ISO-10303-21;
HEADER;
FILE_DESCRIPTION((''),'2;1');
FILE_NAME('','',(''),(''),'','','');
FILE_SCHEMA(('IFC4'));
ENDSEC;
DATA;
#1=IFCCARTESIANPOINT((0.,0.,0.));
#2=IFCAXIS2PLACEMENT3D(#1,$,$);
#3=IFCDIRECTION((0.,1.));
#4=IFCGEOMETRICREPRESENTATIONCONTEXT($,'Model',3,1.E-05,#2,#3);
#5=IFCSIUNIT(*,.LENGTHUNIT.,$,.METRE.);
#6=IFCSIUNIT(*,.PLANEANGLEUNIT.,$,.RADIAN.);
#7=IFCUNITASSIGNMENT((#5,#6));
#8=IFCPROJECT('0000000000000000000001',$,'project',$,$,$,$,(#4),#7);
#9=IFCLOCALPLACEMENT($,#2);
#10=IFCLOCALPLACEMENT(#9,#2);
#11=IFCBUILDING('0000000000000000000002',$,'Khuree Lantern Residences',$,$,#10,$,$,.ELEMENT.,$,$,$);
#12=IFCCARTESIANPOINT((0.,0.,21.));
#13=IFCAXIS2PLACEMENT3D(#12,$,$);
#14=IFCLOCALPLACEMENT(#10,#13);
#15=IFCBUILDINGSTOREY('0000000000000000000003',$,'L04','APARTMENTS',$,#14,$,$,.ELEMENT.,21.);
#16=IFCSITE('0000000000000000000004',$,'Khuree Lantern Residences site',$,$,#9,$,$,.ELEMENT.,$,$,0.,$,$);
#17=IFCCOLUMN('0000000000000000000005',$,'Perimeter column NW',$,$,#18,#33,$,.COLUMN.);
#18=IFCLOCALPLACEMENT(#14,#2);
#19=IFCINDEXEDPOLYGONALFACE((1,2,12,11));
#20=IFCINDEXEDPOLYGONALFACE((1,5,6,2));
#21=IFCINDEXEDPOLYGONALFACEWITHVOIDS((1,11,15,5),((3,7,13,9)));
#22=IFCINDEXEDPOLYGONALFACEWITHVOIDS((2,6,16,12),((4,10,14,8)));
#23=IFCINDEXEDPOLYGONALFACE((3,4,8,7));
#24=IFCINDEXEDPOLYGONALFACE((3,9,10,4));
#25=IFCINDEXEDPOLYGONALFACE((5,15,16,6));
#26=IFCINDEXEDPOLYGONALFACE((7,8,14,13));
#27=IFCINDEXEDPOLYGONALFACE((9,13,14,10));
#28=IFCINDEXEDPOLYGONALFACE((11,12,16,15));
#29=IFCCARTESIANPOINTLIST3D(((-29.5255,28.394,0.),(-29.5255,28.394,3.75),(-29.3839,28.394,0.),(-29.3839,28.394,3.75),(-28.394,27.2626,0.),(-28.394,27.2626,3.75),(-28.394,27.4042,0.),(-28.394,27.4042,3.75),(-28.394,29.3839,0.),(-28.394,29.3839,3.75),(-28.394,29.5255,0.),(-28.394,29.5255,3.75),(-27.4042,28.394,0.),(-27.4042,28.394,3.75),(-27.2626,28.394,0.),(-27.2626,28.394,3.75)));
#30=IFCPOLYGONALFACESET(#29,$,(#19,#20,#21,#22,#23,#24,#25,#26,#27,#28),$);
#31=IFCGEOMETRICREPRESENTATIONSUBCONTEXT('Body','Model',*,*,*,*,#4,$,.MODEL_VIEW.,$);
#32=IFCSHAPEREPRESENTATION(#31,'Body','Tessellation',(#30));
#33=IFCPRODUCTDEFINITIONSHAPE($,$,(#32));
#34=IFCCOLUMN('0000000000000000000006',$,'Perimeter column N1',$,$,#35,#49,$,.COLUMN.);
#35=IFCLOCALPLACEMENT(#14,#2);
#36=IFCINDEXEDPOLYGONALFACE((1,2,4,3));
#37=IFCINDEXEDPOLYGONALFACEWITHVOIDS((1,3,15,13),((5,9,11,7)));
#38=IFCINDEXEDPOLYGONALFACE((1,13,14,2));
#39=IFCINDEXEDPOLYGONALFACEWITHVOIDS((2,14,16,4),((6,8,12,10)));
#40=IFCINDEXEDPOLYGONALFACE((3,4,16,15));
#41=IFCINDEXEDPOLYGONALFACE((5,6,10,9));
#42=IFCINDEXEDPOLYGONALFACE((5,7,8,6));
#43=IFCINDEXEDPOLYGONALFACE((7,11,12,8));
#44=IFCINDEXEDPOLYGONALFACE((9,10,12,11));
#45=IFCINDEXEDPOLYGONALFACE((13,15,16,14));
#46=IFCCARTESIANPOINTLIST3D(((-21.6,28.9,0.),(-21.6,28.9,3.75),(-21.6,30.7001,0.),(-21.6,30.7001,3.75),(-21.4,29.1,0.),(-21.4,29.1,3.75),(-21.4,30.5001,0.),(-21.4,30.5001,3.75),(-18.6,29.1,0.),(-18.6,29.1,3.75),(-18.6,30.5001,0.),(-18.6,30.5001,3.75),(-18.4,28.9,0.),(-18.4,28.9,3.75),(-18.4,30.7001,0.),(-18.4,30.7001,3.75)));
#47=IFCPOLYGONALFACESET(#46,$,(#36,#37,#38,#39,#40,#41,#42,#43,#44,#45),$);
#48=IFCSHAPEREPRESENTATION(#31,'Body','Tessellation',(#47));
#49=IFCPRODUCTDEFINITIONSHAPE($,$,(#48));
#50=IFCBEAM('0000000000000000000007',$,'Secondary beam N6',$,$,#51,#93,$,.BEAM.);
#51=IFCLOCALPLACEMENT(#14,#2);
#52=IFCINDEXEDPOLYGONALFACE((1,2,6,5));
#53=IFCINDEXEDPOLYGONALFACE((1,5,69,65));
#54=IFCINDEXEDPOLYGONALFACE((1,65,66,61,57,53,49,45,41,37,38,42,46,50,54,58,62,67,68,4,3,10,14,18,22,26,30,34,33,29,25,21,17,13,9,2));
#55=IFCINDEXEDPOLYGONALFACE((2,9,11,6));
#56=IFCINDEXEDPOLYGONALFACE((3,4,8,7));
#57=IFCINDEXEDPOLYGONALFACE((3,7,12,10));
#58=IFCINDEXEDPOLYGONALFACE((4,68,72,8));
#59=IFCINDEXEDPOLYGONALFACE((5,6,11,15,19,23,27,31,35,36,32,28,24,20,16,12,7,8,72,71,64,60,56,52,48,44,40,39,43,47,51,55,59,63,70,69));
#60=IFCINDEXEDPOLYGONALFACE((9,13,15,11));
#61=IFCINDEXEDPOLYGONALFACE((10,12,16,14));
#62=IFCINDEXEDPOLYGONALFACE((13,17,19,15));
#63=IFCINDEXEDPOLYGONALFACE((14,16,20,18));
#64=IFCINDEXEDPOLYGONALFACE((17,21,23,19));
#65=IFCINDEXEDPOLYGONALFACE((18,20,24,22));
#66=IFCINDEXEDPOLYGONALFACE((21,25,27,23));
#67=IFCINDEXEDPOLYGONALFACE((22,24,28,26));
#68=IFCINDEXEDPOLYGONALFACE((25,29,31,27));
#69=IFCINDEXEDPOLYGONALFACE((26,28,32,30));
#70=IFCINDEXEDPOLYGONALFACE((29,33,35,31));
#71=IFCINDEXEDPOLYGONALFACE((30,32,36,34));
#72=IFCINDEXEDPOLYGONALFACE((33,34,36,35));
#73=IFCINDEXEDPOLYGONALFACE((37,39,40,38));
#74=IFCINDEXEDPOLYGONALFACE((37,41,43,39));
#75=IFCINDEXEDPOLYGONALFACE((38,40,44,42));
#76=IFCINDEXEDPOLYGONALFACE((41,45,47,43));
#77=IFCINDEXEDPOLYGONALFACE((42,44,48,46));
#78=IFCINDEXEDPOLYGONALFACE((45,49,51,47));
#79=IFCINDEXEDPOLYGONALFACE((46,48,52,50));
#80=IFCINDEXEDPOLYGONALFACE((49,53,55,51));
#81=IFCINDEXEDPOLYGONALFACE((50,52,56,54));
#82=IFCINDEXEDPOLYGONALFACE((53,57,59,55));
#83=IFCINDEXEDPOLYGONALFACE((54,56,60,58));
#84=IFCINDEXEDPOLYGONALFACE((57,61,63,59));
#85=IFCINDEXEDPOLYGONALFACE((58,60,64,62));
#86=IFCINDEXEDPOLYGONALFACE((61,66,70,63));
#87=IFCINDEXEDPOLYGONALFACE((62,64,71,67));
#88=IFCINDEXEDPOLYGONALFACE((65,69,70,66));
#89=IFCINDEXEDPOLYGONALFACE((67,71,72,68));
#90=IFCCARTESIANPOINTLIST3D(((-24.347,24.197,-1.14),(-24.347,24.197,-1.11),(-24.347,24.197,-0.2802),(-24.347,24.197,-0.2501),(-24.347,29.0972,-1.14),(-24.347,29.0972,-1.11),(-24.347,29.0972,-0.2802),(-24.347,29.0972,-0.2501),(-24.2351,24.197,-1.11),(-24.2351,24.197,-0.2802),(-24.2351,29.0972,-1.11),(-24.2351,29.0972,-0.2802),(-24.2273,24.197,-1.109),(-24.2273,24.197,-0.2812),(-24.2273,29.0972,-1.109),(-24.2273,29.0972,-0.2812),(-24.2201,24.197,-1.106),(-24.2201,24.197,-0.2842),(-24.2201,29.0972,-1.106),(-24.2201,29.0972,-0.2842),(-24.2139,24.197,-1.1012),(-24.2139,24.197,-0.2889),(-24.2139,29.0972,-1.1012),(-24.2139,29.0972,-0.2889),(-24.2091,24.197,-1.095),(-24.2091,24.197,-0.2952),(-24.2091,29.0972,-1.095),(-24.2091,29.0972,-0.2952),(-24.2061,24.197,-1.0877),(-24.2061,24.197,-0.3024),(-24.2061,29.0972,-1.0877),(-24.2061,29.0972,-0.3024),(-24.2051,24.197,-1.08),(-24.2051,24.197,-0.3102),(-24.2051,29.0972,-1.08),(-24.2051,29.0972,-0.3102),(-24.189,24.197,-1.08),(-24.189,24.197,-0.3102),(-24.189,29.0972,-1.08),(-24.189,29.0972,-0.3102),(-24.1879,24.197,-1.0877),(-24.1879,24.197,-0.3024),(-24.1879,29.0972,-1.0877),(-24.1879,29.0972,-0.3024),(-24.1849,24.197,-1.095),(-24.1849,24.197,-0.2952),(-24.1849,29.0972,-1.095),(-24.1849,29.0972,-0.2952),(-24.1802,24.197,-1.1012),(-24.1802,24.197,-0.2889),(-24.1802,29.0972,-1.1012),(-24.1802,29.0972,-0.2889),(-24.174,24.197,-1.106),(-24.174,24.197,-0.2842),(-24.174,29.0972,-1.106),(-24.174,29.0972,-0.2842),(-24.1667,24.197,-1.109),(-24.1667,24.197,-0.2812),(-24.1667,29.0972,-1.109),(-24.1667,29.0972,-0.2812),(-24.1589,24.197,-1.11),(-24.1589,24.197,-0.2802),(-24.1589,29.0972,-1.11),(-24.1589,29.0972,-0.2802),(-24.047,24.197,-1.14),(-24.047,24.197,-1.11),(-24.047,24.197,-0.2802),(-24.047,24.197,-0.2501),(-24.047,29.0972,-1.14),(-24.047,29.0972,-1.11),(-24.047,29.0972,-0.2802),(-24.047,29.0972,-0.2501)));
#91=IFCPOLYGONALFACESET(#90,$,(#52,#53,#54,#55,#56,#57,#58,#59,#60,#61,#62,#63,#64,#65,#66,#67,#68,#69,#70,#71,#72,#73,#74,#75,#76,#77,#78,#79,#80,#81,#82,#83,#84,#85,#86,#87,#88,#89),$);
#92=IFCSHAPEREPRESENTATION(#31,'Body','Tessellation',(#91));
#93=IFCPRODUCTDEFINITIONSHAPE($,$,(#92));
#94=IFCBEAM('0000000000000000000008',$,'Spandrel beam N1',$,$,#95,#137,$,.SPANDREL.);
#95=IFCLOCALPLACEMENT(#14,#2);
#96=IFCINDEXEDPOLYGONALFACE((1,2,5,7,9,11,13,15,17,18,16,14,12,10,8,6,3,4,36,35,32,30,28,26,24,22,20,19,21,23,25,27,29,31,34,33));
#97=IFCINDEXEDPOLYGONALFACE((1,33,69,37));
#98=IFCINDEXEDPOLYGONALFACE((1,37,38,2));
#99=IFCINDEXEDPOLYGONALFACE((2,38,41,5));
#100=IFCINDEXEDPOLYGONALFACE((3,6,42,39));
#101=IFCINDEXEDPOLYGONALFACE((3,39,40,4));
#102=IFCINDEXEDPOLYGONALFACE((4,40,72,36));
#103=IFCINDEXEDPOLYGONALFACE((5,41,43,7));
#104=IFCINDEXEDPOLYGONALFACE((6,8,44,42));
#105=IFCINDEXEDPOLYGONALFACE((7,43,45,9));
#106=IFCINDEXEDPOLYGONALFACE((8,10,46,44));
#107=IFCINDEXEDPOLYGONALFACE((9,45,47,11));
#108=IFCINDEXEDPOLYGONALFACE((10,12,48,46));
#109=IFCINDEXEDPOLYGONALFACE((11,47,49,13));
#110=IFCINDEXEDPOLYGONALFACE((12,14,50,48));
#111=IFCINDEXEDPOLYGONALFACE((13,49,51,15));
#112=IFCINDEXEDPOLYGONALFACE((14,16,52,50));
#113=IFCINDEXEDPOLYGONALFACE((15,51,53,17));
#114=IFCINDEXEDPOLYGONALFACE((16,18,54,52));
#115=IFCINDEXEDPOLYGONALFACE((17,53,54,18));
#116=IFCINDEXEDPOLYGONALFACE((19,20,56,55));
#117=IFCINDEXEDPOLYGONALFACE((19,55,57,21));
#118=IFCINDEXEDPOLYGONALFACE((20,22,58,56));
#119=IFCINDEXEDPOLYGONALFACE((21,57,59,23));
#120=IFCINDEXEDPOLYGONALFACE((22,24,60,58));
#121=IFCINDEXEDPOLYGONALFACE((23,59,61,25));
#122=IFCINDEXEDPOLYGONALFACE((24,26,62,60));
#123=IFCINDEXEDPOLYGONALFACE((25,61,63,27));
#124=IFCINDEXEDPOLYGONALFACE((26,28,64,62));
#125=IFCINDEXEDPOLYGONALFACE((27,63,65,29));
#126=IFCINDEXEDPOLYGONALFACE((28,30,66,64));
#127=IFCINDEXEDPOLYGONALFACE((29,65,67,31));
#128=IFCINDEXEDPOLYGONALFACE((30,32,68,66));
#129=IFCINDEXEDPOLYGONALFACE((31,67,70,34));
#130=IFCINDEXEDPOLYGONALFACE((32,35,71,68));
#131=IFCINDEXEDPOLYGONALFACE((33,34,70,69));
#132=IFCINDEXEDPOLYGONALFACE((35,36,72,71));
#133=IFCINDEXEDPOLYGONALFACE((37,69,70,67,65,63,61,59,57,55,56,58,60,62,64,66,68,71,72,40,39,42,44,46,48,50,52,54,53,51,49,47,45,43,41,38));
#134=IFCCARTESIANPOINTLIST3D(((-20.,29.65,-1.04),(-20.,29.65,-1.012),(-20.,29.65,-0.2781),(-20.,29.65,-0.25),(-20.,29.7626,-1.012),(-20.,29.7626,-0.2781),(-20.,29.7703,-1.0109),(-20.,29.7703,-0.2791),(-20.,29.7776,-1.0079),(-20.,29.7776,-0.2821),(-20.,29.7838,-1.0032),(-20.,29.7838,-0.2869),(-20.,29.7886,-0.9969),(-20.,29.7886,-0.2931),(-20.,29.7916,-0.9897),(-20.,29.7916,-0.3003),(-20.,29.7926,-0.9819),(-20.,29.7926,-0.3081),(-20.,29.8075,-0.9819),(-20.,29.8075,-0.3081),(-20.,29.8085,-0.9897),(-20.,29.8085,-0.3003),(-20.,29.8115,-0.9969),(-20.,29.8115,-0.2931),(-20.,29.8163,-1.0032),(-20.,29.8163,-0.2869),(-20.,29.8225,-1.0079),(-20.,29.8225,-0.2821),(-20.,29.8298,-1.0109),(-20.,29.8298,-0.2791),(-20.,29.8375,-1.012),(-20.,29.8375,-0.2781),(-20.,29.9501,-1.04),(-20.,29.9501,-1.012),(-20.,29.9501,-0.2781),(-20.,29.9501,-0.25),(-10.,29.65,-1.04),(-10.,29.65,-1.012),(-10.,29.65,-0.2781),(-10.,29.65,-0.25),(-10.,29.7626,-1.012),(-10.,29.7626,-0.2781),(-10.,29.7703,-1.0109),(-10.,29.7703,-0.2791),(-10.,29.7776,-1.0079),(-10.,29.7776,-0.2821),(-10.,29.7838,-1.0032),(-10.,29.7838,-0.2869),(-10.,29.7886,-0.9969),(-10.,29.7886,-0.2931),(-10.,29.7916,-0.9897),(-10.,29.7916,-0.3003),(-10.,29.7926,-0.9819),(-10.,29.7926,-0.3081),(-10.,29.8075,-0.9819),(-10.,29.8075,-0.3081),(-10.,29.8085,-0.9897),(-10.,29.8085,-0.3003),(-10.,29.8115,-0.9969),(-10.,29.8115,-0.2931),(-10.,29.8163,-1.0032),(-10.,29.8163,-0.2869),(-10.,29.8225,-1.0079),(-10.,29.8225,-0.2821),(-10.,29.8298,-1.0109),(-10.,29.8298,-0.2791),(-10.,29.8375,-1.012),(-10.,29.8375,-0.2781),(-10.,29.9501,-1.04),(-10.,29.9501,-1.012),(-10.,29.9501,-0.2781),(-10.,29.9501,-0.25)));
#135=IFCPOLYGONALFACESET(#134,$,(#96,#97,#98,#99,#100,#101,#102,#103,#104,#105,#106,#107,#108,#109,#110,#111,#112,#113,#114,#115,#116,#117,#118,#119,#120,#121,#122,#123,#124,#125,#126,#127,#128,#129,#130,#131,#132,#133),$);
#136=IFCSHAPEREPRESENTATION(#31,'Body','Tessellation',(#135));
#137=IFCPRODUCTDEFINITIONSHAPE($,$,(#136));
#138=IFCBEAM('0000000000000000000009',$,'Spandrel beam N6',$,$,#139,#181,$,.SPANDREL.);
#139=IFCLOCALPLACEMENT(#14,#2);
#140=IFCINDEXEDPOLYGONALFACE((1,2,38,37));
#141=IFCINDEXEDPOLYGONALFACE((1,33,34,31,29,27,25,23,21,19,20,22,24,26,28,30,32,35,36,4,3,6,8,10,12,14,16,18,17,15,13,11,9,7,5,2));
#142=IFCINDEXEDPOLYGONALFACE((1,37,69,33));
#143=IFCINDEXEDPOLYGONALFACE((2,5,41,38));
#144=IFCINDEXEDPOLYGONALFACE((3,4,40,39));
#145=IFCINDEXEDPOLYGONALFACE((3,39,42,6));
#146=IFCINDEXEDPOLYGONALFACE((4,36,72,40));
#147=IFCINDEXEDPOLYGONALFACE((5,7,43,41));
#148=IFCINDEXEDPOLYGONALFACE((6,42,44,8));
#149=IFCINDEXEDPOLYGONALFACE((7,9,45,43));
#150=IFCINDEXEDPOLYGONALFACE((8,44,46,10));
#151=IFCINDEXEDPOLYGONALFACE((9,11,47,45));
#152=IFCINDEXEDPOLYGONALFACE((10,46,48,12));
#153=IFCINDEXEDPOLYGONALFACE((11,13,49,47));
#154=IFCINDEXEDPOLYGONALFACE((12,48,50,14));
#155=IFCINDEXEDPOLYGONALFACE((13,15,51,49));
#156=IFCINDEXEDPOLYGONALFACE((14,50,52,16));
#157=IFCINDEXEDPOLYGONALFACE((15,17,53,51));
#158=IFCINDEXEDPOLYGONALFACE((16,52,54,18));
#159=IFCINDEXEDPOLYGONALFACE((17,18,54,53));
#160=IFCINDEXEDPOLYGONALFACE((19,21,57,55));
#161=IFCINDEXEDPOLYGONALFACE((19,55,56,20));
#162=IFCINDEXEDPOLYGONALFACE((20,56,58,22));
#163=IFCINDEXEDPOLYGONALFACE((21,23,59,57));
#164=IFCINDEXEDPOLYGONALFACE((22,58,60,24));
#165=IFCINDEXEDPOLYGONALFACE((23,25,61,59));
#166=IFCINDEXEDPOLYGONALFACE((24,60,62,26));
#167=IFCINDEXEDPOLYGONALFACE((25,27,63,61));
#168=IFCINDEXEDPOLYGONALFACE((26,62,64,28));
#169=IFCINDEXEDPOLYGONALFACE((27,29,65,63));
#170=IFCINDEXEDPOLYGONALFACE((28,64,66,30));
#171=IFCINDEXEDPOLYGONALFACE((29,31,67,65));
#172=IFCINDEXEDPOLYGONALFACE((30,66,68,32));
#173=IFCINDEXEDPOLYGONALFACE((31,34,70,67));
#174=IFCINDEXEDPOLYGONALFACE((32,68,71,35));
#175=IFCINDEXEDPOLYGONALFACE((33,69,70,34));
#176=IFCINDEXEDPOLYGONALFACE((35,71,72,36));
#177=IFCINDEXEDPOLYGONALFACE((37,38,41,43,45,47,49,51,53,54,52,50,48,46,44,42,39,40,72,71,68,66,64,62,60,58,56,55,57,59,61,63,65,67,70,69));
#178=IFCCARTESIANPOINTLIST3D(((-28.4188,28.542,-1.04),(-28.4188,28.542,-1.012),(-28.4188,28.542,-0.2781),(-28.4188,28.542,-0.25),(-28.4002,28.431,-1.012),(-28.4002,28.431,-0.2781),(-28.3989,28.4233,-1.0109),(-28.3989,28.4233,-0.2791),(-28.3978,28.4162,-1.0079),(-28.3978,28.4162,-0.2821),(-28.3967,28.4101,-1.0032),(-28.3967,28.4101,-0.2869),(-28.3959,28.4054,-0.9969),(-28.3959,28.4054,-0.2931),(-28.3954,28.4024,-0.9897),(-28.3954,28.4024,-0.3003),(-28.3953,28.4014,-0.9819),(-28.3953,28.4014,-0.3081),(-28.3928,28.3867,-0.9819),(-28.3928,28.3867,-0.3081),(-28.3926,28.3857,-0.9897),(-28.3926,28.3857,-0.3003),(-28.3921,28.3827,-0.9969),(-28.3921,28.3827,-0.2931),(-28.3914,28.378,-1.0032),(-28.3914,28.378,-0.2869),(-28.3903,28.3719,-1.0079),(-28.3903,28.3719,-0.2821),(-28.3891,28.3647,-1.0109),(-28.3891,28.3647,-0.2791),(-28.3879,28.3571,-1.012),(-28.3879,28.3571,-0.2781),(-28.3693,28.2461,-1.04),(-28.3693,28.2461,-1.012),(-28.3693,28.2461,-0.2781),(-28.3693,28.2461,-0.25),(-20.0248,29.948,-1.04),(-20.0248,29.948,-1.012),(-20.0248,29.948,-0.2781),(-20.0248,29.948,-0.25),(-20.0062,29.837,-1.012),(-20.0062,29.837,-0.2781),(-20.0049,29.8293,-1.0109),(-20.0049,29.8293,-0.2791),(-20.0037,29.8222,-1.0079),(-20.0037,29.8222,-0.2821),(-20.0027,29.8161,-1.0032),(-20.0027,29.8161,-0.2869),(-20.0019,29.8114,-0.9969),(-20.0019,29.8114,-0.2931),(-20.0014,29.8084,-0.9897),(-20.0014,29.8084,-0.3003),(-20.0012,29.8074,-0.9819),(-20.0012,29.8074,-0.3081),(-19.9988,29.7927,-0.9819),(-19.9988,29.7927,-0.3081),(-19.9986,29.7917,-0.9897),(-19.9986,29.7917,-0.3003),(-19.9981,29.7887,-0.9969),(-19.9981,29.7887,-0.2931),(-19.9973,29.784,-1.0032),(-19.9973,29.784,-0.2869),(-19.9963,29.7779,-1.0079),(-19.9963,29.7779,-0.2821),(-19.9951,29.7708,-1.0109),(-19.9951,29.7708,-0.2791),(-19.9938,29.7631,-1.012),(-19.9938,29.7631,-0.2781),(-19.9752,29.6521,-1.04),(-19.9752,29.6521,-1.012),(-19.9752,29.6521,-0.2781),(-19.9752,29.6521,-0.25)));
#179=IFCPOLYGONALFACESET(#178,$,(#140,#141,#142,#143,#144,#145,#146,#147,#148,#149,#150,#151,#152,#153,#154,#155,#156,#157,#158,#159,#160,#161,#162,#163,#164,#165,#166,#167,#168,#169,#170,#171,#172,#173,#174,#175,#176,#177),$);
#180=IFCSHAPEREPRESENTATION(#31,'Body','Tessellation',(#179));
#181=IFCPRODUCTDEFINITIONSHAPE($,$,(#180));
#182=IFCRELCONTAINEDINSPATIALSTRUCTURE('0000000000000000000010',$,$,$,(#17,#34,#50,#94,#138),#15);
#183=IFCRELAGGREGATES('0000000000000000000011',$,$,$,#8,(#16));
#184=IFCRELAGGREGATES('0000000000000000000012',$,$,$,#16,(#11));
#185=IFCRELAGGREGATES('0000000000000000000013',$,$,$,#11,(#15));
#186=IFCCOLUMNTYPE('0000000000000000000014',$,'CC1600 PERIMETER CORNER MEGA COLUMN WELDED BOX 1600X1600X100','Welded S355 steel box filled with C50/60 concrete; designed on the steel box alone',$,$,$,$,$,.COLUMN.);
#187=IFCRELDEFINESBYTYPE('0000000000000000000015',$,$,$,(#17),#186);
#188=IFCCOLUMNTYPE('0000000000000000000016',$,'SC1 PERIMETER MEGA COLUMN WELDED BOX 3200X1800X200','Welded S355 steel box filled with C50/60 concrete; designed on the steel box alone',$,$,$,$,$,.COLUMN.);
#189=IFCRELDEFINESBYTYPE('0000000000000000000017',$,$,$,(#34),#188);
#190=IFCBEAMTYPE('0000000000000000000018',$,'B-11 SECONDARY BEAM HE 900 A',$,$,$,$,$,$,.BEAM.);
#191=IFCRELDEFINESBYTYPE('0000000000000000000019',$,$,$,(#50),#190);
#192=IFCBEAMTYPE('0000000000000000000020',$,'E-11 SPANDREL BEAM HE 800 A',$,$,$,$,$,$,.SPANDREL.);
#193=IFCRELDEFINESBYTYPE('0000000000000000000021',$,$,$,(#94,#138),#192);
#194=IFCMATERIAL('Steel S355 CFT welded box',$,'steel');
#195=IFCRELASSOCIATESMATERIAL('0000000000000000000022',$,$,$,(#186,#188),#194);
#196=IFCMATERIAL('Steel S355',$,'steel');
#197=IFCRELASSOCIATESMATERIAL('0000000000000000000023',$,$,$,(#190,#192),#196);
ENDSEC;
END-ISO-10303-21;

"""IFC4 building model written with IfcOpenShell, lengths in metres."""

from ifc_helpers import new_model, si_unit, direction, frame, origin, origin_2d, place, context, subcontext, project, spatial, hollow_rectangle, i_section, extrude, material, material_profile, profile_set, type_object, element, save


model = new_model("IFC4")

# Units and contexts
model_context = context("Model", 3, precision=1e-05, world=origin(), true_north=direction((0.0, 1.0)))
body_context = subcontext(model_context, "Body", "Model", "MODEL_VIEW")
ifc_project = project(units=[si_unit("LENGTHUNIT", "METRE"), si_unit("PLANEANGLEUNIT", "RADIAN")], contexts=[model_context])

# Site, building, storey
site_placement = place(None, origin())
site = spatial("IfcSite", under=ifc_project, at=site_placement, Name="Khuree Lantern Residences site", CompositionType="ELEMENT", RefElevation=0.0)
building_placement = place(site_placement, origin())
building = spatial("IfcBuilding", under=site, at=building_placement, Name="Khuree Lantern Residences", CompositionType="ELEMENT")
storey_placement = place(building_placement, frame((0.0, 0.0, 21.0)))
storey = spatial("IfcBuildingStorey", under=building, at=storey_placement, Name="L04", Description="APARTMENTS", CompositionType="ELEMENT", Elevation=21.0)

# Columns
ifc_material_1 = material(Name="Steel S355 CFT welded box", Category="steel")
ifc_material_profile_1 = material_profile(ifc_material_1, hollow_rectangle(XDim=1.6001, YDim=1.6001, WallThickness=0.1001, at=origin_2d()), Name="WELDED BOX 1600X1600X100")
ifc_profile_set_1 = profile_set([ifc_material_profile_1], Name="Steel S355 CFT welded box")
column_type_1 = type_object("IfcColumnType", Name="CC1600 PERIMETER CORNER MEGA COLUMN WELDED BOX 1600X1600X100", Description="Welded S355 steel box filled with C50/60 concrete; designed on the steel box alone", PredefinedType="COLUMN", material=ifc_profile_set_1)
column_1_placement = place(storey_placement, frame((-28.394, 28.394, 0.0), z_axis=(0.0, 0.0, 1.0), x_axis=(0.707107, 0.707107, 0.0)))
element("IfcColumn", 1, at=column_1_placement, inside=storey, type_object=column_type_1, Name="Perimeter column NW", PredefinedType="COLUMN", context=body_context, shape_type="SweptSolid", body=[
    extrude(hollow_rectangle(XDim=1.6001, YDim=1.6001, WallThickness=0.1001, at=origin_2d()), origin(), (0.0, 0.0, 1.0), 3.75),
])
ifc_material_profile_2 = material_profile(ifc_material_1, hollow_rectangle(XDim=3.2, YDim=1.8, WallThickness=0.2, at=origin_2d()), Name="WELDED BOX 3200X1800X200")
ifc_profile_set_2 = profile_set([ifc_material_profile_2], Name="Steel S355 CFT welded box")
column_type_2 = type_object("IfcColumnType", Name="SC1 PERIMETER MEGA COLUMN WELDED BOX 3200X1800X200", Description="Welded S355 steel box filled with C50/60 concrete; designed on the steel box alone", PredefinedType="COLUMN", material=ifc_profile_set_2)
column_2_placement = place(storey_placement, frame((-20.0, 29.8, 0.0), z_axis=(0.0, 0.0, 1.0), x_axis=(1.0, 0.0, 0.0)))
element("IfcColumn", 2, at=column_2_placement, inside=storey, type_object=column_type_2, Name="Perimeter column N1", PredefinedType="COLUMN", context=body_context, shape_type="SweptSolid", body=[
    extrude(hollow_rectangle(XDim=3.2, YDim=1.8, WallThickness=0.2, at=origin_2d()), origin(), (0.0, 0.0, 1.0), 3.75),
])

# Beams
ifc_material_2 = material(Name="Steel S355", Category="steel")
ifc_material_profile_3 = material_profile(ifc_material_2, i_section(OverallWidth=0.3, OverallDepth=0.8899, WebThickness=0.0161, FlangeThickness=0.03, FilletRadius=0.03, at=origin_2d()), Name="HE 900 A")
ifc_profile_set_3 = profile_set([ifc_material_profile_3], Name="Steel S355")
beam_type_1 = type_object("IfcBeamType", Name="B-11 SECONDARY BEAM HE 900 A", PredefinedType="BEAM", material=ifc_profile_set_3)
beam_1_placement = place(storey_placement, frame((-24.197, 29.0972, -0.6951), z_axis=(0.0, -1.0, 0.0), x_axis=(1.0, 0.0, 0.0)))
element("IfcBeam", 3, at=beam_1_placement, inside=storey, type_object=beam_type_1, Name="Secondary beam N6", PredefinedType="BEAM", context=body_context, shape_type="SweptSolid", body=[
    extrude(i_section(OverallWidth=0.3, OverallDepth=0.8899, WebThickness=0.0161, FlangeThickness=0.03, FilletRadius=0.03, at=origin_2d()), origin(), (0.0, 0.0, 1.0), 4.9001),
])
ifc_material_profile_4 = material_profile(ifc_material_2, i_section(OverallWidth=0.3, OverallDepth=0.79, WebThickness=0.0149, FlangeThickness=0.0281, FilletRadius=0.03, at=origin_2d()), Name="HE 800 A")
ifc_profile_set_4 = profile_set([ifc_material_profile_4], Name="Steel S355")
beam_type_2 = type_object("IfcBeamType", Name="E-11 SPANDREL BEAM HE 800 A", PredefinedType="SPANDREL", material=ifc_profile_set_4)
beam_2_placement = place(storey_placement, frame((-20.0, 29.8, -0.645), z_axis=(1.0, 0.0, 0.0), x_axis=(0.0, 1.0, 0.0)))
element("IfcBeam", 4, at=beam_2_placement, inside=storey, type_object=beam_type_2, Name="Spandrel beam N1", PredefinedType="SPANDREL", context=body_context, shape_type="SweptSolid", body=[
    extrude(i_section(OverallWidth=0.3, OverallDepth=0.79, WebThickness=0.0149, FlangeThickness=0.0281, FilletRadius=0.03, at=origin_2d()), origin(), (0.0, 0.0, 1.0), 10.0),
])
beam_3_placement = place(storey_placement, frame((-28.394, 28.394, -0.645), z_axis=(0.98626, 0.165199, 0.0), x_axis=(-0.165199, 0.98626, 0.0)))
element("IfcBeam", 5, at=beam_3_placement, inside=storey, type_object=beam_type_2, Name="Spandrel beam N6", PredefinedType="SPANDREL", context=body_context, shape_type="SweptSolid", body=[
    extrude(i_section(OverallWidth=0.3, OverallDepth=0.79, WebThickness=0.0149, FlangeThickness=0.0281, FilletRadius=0.03, at=origin_2d()), origin(), (0.0, 0.0, 1.0), 8.511),
])

save(model, "model.ifc")
